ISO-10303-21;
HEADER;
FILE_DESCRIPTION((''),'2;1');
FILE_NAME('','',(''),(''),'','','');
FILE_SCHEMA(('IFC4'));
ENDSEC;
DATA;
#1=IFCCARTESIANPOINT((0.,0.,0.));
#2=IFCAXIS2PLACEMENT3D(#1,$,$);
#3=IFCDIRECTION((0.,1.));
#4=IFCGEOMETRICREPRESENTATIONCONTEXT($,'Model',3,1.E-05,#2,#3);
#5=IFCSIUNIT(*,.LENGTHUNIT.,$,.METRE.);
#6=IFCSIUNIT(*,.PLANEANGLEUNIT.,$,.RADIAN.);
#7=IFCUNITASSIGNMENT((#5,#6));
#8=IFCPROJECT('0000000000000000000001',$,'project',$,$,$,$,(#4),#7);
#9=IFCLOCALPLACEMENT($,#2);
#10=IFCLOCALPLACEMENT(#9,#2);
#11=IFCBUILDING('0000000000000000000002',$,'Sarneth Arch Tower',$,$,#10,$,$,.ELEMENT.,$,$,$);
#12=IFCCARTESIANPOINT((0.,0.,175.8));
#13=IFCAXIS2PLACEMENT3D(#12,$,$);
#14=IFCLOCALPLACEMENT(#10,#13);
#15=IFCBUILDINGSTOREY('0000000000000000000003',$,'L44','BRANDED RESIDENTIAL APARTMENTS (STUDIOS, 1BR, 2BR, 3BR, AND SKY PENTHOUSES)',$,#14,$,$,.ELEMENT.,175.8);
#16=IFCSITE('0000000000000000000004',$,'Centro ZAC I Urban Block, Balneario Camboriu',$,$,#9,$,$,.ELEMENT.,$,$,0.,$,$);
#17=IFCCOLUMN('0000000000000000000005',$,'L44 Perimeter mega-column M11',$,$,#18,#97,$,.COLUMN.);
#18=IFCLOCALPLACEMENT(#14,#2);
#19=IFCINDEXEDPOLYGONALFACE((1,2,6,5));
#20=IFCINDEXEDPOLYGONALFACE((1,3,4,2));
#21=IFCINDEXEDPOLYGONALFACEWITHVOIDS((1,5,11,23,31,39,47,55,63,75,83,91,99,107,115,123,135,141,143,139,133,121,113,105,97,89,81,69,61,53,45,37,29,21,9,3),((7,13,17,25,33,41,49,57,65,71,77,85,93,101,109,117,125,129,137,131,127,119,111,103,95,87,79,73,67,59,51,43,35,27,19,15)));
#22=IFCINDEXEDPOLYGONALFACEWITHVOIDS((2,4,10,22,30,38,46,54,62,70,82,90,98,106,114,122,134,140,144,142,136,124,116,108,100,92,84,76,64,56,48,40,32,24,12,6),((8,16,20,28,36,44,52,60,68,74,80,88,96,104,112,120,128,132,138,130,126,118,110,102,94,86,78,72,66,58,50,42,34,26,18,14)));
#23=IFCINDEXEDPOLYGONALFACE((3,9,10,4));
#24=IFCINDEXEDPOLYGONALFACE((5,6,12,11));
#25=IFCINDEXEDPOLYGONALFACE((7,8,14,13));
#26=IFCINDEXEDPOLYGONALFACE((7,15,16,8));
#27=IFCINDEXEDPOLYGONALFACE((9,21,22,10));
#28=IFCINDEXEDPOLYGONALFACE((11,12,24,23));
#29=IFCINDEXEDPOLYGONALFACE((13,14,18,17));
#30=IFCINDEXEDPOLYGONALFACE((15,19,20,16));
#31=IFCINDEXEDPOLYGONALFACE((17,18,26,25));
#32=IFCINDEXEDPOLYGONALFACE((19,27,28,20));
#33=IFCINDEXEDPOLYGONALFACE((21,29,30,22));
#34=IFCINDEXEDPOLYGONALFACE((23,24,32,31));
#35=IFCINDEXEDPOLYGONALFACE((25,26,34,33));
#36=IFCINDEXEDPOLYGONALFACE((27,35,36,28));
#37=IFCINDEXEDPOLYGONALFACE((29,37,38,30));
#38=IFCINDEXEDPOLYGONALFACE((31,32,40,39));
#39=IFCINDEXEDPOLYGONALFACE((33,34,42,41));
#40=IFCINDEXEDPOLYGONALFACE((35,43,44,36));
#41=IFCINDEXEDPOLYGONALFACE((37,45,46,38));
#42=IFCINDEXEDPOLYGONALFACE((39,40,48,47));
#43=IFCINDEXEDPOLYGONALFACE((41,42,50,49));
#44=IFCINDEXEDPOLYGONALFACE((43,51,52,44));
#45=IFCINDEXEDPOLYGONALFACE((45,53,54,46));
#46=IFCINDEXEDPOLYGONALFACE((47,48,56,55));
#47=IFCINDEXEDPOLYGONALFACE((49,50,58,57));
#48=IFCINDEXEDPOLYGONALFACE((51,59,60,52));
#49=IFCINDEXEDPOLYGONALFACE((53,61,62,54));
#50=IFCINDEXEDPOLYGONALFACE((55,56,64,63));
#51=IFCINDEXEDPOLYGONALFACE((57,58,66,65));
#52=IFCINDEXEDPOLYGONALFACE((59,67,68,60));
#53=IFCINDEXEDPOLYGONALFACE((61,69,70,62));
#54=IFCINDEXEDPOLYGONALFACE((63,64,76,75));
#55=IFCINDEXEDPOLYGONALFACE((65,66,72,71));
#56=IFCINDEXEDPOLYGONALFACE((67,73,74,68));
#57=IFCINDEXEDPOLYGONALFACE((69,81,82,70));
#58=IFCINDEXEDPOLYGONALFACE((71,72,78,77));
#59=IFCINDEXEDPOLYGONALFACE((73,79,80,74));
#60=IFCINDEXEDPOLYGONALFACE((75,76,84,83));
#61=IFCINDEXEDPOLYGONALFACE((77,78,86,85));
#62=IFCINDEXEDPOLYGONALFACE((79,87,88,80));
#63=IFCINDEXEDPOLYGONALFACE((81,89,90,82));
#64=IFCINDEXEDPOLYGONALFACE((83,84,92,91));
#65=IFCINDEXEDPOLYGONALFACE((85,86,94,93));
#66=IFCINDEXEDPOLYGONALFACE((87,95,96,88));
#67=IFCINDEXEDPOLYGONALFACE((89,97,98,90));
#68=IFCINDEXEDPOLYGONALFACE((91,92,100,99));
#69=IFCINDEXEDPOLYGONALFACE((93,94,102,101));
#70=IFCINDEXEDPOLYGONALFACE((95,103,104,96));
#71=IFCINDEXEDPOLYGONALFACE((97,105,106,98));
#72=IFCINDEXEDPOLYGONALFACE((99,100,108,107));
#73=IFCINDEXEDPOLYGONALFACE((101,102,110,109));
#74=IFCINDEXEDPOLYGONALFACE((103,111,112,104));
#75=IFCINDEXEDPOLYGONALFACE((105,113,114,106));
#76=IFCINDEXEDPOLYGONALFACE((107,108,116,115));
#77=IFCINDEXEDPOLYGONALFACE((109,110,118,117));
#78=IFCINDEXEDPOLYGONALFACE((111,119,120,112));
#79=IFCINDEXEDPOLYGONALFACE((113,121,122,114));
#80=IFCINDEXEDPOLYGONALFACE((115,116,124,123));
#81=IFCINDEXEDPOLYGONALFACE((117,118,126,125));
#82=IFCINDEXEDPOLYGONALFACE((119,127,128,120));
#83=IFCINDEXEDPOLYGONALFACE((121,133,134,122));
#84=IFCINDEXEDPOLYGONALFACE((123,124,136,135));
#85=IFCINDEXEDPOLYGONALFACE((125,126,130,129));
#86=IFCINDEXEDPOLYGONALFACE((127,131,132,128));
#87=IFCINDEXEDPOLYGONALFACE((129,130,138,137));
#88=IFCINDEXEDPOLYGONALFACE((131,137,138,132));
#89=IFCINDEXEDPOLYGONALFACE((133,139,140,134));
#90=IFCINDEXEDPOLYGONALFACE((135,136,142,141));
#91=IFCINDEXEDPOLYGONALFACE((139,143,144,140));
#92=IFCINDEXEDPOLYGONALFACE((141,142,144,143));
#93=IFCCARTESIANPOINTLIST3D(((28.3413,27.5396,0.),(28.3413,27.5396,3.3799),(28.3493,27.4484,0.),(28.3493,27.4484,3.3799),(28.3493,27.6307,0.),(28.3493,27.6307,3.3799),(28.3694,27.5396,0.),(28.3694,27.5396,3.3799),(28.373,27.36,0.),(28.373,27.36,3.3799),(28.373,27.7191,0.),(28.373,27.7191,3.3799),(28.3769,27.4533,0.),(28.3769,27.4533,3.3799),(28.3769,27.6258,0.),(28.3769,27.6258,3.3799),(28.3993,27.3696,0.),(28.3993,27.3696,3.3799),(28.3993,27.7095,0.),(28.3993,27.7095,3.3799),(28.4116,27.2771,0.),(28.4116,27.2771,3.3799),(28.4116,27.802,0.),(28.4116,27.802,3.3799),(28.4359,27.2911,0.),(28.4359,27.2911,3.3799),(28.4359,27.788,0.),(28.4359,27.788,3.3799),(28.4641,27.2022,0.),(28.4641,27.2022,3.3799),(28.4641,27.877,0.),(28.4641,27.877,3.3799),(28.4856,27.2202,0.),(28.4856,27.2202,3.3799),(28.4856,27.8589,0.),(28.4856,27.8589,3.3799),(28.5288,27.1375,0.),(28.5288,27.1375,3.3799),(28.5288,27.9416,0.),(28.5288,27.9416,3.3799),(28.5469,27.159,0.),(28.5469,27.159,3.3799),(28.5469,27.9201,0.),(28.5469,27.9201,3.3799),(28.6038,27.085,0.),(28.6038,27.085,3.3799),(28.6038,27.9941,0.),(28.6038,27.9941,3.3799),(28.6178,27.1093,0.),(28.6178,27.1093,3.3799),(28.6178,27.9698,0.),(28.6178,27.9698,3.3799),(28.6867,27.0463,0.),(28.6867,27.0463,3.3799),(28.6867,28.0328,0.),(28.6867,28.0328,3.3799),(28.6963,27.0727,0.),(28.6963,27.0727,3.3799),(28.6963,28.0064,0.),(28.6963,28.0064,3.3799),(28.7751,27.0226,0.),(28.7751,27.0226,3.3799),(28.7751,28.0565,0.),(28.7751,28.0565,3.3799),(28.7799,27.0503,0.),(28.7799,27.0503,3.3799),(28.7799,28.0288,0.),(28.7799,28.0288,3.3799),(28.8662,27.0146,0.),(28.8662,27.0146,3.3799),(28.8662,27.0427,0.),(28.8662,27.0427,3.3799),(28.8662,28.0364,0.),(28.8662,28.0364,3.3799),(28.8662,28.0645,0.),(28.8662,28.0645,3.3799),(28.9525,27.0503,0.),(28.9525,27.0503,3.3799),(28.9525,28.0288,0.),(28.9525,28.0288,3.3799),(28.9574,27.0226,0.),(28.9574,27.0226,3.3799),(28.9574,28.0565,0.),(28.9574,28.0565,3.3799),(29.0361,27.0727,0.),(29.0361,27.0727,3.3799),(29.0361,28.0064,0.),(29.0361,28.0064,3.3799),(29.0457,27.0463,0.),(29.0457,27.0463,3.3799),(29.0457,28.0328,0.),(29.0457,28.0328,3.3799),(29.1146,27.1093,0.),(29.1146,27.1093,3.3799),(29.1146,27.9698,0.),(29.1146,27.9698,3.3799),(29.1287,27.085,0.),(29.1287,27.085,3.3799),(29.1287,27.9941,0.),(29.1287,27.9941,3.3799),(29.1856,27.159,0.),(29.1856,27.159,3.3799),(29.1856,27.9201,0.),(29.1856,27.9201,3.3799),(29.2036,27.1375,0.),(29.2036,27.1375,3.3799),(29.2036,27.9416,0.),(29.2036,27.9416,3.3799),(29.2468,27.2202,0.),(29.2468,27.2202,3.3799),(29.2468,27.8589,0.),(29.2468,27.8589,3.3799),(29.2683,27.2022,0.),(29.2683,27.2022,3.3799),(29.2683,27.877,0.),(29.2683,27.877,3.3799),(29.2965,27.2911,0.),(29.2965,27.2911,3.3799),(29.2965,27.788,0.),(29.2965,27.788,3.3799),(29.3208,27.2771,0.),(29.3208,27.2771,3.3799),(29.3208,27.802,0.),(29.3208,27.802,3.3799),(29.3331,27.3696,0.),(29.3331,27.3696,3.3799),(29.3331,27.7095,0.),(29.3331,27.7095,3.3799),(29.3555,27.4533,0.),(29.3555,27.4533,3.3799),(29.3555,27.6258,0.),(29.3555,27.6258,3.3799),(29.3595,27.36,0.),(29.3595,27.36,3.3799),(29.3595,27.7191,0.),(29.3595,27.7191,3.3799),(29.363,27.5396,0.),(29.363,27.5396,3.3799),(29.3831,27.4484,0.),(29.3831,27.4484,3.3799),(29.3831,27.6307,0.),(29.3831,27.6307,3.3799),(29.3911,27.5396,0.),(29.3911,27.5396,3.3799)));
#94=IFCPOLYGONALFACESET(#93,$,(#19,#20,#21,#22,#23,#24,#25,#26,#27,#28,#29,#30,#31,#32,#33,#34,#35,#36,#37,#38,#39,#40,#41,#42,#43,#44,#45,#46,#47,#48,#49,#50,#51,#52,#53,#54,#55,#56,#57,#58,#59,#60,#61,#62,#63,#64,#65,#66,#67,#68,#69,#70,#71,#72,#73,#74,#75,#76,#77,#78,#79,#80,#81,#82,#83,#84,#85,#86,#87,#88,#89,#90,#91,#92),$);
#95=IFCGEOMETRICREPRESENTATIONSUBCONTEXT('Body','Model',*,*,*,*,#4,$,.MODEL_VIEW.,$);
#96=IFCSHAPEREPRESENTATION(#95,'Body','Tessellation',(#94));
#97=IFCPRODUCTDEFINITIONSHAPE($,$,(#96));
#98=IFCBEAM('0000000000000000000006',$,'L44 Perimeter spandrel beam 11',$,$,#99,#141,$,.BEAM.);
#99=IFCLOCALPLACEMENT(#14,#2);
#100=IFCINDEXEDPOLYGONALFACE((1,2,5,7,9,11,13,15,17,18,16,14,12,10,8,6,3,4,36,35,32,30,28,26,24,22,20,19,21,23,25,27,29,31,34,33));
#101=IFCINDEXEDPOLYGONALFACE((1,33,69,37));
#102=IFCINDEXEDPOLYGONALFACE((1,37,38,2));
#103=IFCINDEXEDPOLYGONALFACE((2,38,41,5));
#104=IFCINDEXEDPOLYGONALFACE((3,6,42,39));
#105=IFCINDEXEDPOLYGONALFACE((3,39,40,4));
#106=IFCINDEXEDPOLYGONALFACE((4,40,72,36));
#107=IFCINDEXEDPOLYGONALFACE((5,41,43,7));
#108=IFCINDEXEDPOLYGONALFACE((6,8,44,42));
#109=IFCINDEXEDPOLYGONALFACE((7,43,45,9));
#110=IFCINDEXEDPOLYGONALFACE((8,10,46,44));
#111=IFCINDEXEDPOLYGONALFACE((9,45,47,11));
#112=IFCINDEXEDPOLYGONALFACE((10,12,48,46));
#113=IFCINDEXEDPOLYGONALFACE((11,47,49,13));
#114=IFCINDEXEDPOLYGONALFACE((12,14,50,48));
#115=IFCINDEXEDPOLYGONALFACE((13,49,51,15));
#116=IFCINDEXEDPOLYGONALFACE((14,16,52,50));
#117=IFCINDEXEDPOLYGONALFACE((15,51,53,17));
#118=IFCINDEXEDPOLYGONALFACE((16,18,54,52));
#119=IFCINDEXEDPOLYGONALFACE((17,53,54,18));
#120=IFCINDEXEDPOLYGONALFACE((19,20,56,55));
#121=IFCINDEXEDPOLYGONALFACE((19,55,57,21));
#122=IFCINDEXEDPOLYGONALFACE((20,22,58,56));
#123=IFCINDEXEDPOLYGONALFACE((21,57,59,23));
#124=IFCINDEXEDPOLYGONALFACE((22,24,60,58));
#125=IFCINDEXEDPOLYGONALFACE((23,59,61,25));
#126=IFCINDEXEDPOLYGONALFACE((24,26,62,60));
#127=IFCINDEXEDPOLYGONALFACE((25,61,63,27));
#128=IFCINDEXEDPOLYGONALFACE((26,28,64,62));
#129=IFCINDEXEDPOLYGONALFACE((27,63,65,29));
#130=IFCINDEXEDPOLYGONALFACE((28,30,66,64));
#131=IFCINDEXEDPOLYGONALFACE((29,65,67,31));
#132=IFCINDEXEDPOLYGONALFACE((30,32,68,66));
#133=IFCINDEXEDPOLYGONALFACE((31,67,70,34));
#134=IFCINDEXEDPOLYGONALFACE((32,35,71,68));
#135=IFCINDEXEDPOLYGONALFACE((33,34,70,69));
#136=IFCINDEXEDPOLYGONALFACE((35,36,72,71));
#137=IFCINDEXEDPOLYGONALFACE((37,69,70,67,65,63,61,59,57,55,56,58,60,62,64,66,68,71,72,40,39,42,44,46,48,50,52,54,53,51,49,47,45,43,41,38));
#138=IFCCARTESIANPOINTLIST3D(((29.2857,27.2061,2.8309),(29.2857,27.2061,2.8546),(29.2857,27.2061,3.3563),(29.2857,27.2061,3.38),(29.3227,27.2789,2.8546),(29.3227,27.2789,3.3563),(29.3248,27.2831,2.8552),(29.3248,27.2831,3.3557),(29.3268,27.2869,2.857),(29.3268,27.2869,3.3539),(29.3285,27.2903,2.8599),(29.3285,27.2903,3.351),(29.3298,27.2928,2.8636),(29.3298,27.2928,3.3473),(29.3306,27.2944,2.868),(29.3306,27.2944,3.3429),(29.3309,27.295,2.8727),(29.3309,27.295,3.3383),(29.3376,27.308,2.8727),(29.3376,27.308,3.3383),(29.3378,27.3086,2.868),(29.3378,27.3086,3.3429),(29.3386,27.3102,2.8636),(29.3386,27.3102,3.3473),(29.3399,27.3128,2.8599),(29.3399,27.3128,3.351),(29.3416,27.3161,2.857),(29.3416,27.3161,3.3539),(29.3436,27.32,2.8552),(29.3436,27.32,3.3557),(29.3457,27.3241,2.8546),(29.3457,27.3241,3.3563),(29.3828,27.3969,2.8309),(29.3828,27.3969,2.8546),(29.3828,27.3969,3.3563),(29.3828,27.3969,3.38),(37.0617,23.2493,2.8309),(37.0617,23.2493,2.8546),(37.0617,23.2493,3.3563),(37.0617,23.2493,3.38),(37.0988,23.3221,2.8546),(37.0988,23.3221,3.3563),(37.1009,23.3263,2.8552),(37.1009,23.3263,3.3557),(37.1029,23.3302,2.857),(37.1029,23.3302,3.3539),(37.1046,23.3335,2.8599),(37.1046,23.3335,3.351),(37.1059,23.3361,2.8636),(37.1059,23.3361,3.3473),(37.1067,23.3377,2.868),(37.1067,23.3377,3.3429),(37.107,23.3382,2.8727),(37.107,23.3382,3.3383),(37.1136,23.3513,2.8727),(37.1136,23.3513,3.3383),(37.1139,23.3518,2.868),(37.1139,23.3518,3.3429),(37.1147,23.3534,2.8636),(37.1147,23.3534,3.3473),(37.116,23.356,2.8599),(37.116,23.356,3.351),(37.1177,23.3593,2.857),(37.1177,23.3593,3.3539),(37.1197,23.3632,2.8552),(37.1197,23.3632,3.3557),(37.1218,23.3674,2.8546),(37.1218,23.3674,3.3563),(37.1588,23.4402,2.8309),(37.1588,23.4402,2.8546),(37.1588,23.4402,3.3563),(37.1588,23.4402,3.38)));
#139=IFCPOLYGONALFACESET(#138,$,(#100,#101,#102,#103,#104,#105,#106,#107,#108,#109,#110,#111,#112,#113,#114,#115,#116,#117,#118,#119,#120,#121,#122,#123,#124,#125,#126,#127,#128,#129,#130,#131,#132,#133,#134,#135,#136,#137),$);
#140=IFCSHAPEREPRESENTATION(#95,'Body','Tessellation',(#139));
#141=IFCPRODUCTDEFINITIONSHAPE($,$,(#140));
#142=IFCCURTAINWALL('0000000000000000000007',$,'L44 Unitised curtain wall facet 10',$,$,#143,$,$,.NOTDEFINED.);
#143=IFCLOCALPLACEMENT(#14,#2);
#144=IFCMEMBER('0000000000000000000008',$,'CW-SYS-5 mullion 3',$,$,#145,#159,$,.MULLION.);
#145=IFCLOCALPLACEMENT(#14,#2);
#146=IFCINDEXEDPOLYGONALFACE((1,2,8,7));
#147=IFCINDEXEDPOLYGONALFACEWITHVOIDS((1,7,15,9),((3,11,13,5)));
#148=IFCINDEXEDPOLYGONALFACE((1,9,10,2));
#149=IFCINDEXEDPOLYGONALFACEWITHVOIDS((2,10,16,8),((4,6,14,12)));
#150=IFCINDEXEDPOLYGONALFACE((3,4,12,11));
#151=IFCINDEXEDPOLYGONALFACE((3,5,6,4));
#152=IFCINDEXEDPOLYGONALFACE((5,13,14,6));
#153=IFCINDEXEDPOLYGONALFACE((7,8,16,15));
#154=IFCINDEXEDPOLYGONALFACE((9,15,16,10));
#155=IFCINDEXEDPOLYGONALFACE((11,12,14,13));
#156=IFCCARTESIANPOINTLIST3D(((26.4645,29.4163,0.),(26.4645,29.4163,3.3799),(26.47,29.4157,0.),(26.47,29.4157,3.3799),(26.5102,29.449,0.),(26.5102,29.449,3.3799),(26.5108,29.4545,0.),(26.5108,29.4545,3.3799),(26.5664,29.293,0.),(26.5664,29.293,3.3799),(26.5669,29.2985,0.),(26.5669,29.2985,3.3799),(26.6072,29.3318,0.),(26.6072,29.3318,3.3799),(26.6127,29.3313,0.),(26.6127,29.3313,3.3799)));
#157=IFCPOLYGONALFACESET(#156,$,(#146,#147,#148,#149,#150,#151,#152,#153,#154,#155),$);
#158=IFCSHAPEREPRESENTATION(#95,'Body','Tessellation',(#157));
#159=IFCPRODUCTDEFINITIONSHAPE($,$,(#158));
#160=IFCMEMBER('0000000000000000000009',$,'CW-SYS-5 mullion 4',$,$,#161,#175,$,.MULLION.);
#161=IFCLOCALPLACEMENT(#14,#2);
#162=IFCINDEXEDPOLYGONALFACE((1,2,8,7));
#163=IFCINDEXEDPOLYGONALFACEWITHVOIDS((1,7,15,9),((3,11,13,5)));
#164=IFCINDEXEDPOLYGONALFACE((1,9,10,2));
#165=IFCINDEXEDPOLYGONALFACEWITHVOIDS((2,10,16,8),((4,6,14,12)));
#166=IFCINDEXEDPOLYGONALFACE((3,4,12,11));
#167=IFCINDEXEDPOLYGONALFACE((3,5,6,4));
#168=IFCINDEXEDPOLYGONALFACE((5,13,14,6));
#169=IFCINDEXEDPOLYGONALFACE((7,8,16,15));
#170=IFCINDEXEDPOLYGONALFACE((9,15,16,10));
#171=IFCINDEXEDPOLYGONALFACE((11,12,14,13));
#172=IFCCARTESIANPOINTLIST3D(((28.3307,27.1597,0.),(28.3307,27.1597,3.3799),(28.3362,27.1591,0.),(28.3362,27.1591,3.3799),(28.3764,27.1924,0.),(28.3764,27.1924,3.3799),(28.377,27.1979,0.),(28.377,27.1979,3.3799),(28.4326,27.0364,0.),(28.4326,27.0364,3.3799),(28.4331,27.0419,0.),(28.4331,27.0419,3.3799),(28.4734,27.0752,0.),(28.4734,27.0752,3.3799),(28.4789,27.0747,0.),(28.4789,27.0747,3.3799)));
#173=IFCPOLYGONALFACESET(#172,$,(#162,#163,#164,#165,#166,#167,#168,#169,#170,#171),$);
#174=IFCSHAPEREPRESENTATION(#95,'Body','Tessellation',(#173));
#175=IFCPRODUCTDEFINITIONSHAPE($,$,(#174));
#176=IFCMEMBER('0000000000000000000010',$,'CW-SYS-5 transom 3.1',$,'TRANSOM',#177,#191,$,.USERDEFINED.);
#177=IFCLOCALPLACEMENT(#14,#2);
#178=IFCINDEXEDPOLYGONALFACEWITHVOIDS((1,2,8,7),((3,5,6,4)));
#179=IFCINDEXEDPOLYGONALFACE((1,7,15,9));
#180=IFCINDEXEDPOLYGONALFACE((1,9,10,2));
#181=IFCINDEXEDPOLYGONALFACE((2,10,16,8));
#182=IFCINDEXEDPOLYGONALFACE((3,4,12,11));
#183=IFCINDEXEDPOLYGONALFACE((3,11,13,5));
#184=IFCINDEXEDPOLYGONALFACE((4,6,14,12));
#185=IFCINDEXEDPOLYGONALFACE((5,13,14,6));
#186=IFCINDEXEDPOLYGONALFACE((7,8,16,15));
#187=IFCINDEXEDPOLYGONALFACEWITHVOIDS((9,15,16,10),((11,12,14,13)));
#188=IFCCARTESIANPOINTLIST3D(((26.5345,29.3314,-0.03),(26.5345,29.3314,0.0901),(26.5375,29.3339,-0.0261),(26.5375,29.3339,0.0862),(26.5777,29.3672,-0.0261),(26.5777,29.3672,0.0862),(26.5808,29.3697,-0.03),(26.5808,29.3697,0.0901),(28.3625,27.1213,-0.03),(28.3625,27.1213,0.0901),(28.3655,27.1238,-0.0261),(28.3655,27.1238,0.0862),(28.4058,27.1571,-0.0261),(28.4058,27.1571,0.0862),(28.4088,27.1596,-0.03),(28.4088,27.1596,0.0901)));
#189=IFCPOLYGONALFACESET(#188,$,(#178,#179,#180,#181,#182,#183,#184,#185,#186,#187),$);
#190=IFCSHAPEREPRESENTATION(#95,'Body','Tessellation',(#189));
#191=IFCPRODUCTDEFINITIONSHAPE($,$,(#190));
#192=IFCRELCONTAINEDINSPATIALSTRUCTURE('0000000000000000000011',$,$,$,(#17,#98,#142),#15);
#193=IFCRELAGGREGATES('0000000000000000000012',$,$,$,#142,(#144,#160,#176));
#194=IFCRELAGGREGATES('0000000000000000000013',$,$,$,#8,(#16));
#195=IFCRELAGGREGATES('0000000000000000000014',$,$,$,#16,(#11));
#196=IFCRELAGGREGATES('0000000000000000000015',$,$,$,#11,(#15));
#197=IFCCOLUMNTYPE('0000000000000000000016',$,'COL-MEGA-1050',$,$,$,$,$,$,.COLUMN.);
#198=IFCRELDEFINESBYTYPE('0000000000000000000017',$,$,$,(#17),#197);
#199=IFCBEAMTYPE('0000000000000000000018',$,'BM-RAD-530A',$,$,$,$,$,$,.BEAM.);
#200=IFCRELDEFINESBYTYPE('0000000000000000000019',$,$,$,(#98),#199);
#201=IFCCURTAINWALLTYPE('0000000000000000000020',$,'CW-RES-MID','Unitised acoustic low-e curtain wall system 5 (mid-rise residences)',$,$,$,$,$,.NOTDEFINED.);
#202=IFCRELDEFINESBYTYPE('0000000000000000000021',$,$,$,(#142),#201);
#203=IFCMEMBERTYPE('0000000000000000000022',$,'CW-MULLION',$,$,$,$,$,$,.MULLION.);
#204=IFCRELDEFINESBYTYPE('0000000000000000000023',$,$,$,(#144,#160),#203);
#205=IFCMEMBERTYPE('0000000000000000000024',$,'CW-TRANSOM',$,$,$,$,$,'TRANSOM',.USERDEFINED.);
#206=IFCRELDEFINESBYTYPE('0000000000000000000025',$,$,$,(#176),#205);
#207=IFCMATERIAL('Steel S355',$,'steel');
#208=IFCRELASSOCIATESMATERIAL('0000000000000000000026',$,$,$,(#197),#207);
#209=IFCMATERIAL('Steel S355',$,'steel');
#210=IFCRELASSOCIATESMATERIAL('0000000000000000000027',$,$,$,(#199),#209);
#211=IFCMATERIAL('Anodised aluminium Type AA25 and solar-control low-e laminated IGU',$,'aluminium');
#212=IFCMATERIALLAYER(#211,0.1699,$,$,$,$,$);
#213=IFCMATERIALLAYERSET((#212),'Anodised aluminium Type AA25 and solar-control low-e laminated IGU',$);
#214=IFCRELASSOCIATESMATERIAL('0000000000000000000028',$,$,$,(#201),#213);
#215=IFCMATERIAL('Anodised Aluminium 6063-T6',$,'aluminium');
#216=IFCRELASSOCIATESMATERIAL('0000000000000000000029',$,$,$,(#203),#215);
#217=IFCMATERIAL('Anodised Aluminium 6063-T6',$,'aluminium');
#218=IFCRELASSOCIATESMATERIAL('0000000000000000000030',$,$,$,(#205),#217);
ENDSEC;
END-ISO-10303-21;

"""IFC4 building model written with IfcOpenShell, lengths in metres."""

from ifc_helpers import new_model, si_unit, direction, frame, origin, origin_2d, place, context, subcontext, project, spatial, hollow_rectangle, hollow_circle, i_section, extrude, material, layer, layer_set, material_profile, profile_set, type_object, element, aggregate, save


model = new_model("IFC4")

# Units and contexts
model_context = context("Model", 3, precision=1e-05, world=origin(), true_north=direction((0.0, 1.0)))
body_context = subcontext(model_context, "Body", "Model", "MODEL_VIEW")
ifc_project = project(units=[si_unit("LENGTHUNIT", "METRE"), si_unit("PLANEANGLEUNIT", "RADIAN")], contexts=[model_context])

# Site, building, storey
site_placement = place(None, origin())
site = spatial("IfcSite", under=ifc_project, at=site_placement, Name="Centro ZAC I Urban Block, Balneario Camboriu", CompositionType="ELEMENT", RefElevation=0.0)
building_placement = place(site_placement, origin())
building = spatial("IfcBuilding", under=site, at=building_placement, Name="Sarneth Arch Tower", CompositionType="ELEMENT")
storey_placement = place(building_placement, frame((0.0, 0.0, 175.8)))
storey = spatial("IfcBuildingStorey", under=building, at=storey_placement, Name="L44", Description="BRANDED RESIDENTIAL APARTMENTS (STUDIOS, 1BR, 2BR, 3BR, AND SKY PENTHOUSES)", CompositionType="ELEMENT", Elevation=175.8)

# Column
ifc_material_1 = material(Name="Steel S355", Category="steel")
ifc_material_profile_1 = material_profile(ifc_material_1, hollow_circle(Radius=0.5249, WallThickness=0.0281, at=origin_2d()), Name="CHS1050x28")
ifc_profile_set_1 = profile_set([ifc_material_profile_1], Name="Steel S355")
column_type = type_object("IfcColumnType", Name="COL-MEGA-1050", PredefinedType="COLUMN", material=ifc_profile_set_1)
column_placement = place(storey_placement, frame((28.8662, 27.5396, 0.0), z_axis=(0.0, 0.0, 1.0), x_axis=(1.0, 0.0, 0.0)))
element("IfcColumn", 1, at=column_placement, inside=storey, type_object=column_type, Name="L44 Perimeter mega-column M11", PredefinedType="COLUMN", context=body_context, shape_type="SweptSolid", body=[
    extrude(hollow_circle(Radius=0.5249, WallThickness=0.0281, at=origin_2d()), origin(), (0.0, 0.0, 1.0), 3.3799),
])

# Beam
ifc_material_2 = material(Name="Steel S355", Category="steel")
ifc_material_profile_2 = material_profile(ifc_material_2, i_section(OverallWidth=0.2141, OverallDepth=0.5491, WebThickness=0.0146, FlangeThickness=0.0237, FilletRadius=0.0181, at=origin_2d()), Name="W530x138")
ifc_profile_set_2 = profile_set([ifc_material_profile_2], Name="Steel S355")
beam_type = type_object("IfcBeamType", Name="BM-RAD-530A", PredefinedType="BEAM", material=ifc_profile_set_2)
beam_placement = place(storey_placement, frame((29.3342, 27.3015, 3.1055), z_axis=(0.891254, -0.453504, 0.0), x_axis=(0.453504, 0.891254, 0.0)))
element("IfcBeam", 2, at=beam_placement, inside=storey, type_object=beam_type, Name="L44 Perimeter spandrel beam 11", PredefinedType="BEAM", context=body_context, shape_type="SweptSolid", body=[
    extrude(i_section(OverallWidth=0.2141, OverallDepth=0.5491, WebThickness=0.0146, FlangeThickness=0.0237, FilletRadius=0.0181, at=origin_2d()), origin(), (0.0, 0.0, 1.0), 8.7249),
])

# Curtain wall, members
ifc_material_3 = material(Name="Anodised aluminium Type AA25 and solar-control low-e laminated IGU", Category="aluminium")
ifc_layer_1 = layer(ifc_material_3, 0.1699)
ifc_layer_set_1 = layer_set([ifc_layer_1], Name="Anodised aluminium Type AA25 and solar-control low-e laminated IGU")
curtain_wall_type = type_object("IfcCurtainWallType", Name="CW-RES-MID", Description="Unitised acoustic low-e curtain wall system 5 (mid-rise residences)", PredefinedType="NOTDEFINED", material=ifc_layer_set_1)
curtain_wall_placement = place(storey_placement, origin())
curtain_wall = element("IfcCurtainWall", 3, at=curtain_wall_placement, inside=storey, type_object=curtain_wall_type, Name="L44 Unitised curtain wall facet 10", PredefinedType="NOTDEFINED")
ifc_material_4 = material(Name="Anodised Aluminium 6063-T6", Category="aluminium")
ifc_material_profile_3 = material_profile(ifc_material_4, hollow_rectangle(XDim=0.0601, YDim=0.1599, WallThickness=0.0039, at=origin_2d()), Name="AL-MULL-160x60x4")
ifc_profile_set_3 = profile_set([ifc_material_profile_3], Name="Anodised Aluminium 6063-T6")
member_type_1 = type_object("IfcMemberType", Name="CW-MULLION", PredefinedType="MULLION", material=ifc_profile_set_3)
member_1_placement = place(storey_placement, frame((26.5386, 29.3738, 0.0), z_axis=(0.0, 0.0, 1.0), x_axis=(0.770591, 0.63733, 0.0)))
member_1 = element("IfcMember", 4, at=member_1_placement, type_object=member_type_1, Name="CW-SYS-5 mullion 3", PredefinedType="MULLION", context=body_context, shape_type="SweptSolid", body=[
    extrude(hollow_rectangle(XDim=0.0601, YDim=0.1599, WallThickness=0.0039, at=origin_2d()), origin(), (0.0, 0.0, 1.0), 3.3799),
])
member_2_placement = place(storey_placement, frame((28.4048, 27.1172, 0.0), z_axis=(0.0, 0.0, 1.0), x_axis=(0.770591, 0.63733, 0.0)))
member_2 = element("IfcMember", 5, at=member_2_placement, type_object=member_type_1, Name="CW-SYS-5 mullion 4", PredefinedType="MULLION", context=body_context, shape_type="SweptSolid", body=[
    extrude(hollow_rectangle(XDim=0.0601, YDim=0.1599, WallThickness=0.0039, at=origin_2d()), origin(), (0.0, 0.0, 1.0), 3.3799),
])
ifc_material_5 = material(Name="Anodised Aluminium 6063-T6", Category="aluminium")
ifc_material_profile_4 = material_profile(ifc_material_5, hollow_rectangle(XDim=0.0601, YDim=0.1201, WallThickness=0.0039, at=origin_2d()), Name="AL-TRAN-120x60x4")
ifc_profile_set_4 = profile_set([ifc_material_profile_4], Name="Anodised Aluminium 6063-T6")
member_type_2 = type_object("IfcMemberType", Name="CW-TRANSOM", ElementType="TRANSOM", PredefinedType="USERDEFINED", material=ifc_profile_set_4)
member_3_placement = place(storey_placement, frame((26.5576, 29.3506, 0.03), z_axis=(0.637359, -0.770567, 0.0), x_axis=(0.770567, 0.637359, 0.0)))
member_3 = element("IfcMember", 6, at=member_3_placement, type_object=member_type_2, Name="CW-SYS-5 transom 3.1", ObjectType="TRANSOM", PredefinedType="USERDEFINED", context=body_context, shape_type="SweptSolid", body=[
    extrude(hollow_rectangle(XDim=0.0601, YDim=0.1201, WallThickness=0.0039, at=origin_2d()), origin(), (0.0, 0.0, 1.0), 2.8682),
])

aggregate(curtain_wall, [member_1, member_2, member_3])

save(model, "model.ifc")
